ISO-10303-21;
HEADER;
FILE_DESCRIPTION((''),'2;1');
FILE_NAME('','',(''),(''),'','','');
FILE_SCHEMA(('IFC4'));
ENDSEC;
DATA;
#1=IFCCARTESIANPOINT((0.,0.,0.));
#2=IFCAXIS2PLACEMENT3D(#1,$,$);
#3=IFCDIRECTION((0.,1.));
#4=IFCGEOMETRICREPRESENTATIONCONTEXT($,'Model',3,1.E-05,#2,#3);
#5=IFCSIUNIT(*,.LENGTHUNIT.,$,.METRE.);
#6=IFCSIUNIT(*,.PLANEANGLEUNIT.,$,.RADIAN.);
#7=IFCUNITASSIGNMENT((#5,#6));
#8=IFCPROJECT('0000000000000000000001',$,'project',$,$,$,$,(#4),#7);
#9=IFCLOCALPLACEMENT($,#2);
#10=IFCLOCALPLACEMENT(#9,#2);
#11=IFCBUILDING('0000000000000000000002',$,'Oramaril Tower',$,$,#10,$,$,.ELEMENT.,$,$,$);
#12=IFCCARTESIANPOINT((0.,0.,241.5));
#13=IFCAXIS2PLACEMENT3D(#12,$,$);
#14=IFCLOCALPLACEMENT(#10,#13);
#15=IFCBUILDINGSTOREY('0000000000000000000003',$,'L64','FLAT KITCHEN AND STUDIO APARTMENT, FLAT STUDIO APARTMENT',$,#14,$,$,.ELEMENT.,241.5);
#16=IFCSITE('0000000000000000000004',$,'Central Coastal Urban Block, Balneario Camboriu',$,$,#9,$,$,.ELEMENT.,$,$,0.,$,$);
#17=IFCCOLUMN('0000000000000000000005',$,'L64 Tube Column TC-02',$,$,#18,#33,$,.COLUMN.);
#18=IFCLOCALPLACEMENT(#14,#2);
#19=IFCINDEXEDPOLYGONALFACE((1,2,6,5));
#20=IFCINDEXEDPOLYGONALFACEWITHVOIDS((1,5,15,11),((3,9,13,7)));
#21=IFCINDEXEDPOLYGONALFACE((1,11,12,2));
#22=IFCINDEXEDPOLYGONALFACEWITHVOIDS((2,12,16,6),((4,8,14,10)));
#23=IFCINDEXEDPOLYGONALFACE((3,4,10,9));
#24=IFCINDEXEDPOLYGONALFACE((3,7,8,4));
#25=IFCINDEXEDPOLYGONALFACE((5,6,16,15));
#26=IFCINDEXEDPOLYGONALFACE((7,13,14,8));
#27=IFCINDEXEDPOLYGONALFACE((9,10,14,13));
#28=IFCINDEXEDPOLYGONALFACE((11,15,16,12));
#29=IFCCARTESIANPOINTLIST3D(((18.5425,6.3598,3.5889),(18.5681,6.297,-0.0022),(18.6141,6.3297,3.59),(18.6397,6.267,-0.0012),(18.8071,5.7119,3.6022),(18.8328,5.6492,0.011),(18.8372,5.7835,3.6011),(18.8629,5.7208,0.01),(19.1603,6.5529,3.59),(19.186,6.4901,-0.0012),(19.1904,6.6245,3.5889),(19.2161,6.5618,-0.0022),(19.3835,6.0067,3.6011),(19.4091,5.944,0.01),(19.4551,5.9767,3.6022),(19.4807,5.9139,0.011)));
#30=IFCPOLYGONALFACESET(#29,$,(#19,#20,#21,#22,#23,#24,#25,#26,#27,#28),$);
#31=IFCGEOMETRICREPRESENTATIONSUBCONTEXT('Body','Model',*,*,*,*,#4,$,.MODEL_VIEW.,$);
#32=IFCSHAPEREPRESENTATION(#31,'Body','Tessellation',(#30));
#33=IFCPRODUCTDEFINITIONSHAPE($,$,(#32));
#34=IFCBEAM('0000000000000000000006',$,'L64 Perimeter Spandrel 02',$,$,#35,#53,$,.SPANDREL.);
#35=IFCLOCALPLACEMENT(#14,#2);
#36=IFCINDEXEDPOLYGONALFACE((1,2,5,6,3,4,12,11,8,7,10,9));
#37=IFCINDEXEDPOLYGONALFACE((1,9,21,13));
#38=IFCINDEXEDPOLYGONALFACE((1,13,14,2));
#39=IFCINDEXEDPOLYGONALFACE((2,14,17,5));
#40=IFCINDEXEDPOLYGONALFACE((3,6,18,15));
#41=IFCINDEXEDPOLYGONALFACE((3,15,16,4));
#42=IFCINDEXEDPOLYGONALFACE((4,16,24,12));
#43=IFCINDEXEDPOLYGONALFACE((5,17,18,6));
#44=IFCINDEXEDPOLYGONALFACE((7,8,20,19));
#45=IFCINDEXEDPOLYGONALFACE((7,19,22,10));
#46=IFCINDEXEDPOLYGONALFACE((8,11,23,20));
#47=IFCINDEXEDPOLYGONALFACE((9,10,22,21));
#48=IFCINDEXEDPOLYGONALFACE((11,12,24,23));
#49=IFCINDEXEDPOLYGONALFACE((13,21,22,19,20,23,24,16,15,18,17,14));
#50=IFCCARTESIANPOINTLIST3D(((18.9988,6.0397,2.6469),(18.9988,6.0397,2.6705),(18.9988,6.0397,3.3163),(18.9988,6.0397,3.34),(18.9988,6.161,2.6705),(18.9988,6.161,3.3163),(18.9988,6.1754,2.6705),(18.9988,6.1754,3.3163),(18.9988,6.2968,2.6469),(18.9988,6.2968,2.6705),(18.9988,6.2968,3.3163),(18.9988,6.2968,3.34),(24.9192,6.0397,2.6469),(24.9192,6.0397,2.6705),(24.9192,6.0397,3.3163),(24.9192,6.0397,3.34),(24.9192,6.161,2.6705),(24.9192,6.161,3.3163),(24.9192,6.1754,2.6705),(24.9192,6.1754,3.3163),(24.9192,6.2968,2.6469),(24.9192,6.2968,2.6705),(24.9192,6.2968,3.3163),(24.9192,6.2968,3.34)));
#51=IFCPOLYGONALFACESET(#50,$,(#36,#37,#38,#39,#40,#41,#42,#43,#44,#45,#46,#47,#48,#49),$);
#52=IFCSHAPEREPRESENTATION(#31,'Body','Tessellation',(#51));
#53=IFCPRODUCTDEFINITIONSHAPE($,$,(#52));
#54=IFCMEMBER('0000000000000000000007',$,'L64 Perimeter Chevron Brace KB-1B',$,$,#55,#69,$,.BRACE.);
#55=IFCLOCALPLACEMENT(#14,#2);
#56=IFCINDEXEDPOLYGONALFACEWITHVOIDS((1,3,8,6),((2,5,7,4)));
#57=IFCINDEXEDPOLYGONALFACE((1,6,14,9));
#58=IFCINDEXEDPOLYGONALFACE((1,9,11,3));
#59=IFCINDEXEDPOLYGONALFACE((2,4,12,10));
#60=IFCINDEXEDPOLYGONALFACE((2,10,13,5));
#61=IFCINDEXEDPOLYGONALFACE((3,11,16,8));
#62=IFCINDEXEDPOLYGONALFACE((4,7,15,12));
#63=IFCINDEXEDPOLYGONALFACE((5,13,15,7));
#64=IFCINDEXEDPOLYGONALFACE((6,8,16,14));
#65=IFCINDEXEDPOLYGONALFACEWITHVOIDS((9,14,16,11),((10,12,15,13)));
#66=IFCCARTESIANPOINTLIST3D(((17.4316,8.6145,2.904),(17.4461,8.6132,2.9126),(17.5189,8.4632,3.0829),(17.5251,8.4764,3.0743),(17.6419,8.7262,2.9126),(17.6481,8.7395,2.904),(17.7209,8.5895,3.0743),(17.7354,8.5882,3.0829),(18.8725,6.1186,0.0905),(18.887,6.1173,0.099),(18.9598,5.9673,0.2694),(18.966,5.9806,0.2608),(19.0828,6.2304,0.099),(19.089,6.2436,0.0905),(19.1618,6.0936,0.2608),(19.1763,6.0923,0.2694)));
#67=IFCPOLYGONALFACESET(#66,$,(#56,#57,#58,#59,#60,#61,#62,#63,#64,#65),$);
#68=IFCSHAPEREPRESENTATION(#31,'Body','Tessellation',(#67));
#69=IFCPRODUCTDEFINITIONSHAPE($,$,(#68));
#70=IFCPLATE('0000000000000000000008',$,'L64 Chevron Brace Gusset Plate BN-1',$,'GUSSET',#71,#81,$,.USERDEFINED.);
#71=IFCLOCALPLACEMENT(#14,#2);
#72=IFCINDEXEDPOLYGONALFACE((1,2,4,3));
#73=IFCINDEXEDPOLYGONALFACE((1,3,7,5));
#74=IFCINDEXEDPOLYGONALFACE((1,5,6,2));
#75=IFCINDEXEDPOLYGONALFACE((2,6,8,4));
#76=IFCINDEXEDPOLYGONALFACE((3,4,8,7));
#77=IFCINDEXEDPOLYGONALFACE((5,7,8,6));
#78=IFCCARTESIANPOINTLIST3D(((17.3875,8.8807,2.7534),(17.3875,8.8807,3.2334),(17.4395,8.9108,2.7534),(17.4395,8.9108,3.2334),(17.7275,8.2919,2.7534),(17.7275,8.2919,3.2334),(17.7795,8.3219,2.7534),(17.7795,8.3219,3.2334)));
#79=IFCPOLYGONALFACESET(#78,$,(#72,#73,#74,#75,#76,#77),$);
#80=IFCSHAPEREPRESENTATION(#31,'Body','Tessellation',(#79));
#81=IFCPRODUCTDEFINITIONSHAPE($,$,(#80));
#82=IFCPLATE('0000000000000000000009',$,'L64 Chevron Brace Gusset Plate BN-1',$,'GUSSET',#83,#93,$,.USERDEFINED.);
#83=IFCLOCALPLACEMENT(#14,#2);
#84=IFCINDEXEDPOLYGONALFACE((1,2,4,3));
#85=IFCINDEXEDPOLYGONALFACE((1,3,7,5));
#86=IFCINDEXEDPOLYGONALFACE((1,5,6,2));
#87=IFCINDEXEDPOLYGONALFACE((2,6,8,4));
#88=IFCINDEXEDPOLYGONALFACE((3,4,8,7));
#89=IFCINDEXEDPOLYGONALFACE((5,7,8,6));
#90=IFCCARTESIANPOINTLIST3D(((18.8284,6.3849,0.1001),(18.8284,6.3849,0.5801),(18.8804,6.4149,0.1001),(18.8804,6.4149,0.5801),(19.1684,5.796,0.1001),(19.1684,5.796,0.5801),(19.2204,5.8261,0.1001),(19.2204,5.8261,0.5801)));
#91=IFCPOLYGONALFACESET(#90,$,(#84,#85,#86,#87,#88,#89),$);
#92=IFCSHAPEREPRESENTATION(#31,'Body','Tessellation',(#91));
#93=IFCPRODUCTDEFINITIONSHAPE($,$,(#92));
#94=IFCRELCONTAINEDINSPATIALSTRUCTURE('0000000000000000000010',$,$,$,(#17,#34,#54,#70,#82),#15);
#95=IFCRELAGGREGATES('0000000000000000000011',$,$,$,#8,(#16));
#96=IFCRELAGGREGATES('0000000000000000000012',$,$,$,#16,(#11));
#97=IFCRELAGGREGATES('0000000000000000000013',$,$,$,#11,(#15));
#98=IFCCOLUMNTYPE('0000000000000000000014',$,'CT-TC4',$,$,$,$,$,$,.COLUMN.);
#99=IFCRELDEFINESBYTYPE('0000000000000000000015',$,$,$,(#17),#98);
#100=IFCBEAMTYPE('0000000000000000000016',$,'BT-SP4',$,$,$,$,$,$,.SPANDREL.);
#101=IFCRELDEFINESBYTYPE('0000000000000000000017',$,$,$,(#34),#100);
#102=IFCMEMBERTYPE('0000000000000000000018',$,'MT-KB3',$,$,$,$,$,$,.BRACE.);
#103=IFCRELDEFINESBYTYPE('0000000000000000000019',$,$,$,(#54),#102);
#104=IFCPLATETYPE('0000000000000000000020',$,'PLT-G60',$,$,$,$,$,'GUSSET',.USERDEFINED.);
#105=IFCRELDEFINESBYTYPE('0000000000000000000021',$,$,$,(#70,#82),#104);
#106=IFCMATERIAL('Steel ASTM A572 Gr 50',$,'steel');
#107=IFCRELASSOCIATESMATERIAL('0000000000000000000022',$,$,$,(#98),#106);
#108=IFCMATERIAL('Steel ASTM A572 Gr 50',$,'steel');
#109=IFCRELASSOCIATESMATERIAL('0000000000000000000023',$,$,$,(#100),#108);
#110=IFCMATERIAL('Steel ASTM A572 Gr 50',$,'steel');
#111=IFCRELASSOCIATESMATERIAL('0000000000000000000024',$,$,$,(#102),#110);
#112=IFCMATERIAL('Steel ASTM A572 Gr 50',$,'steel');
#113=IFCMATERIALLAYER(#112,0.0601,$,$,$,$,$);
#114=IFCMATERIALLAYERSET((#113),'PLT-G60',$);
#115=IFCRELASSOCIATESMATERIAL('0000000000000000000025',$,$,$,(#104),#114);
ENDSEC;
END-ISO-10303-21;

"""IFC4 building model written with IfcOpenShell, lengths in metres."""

from ifc_helpers import new_model, si_unit, direction, frame, origin, origin_2d, place, context, subcontext, project, spatial, rectangle, hollow_rectangle, i_section, extrude, material, layer, layer_set, material_profile, profile_set, type_object, element, save


model = new_model("IFC4")

# Units and contexts
model_context = context("Model", 3, precision=1e-05, world=origin(), true_north=direction((0.0, 1.0)))
body_context = subcontext(model_context, "Body", "Model", "MODEL_VIEW")
ifc_project = project(units=[si_unit("LENGTHUNIT", "METRE"), si_unit("PLANEANGLEUNIT", "RADIAN")], contexts=[model_context])

# Site, building, storey
site_placement = place(None, origin())
site = spatial("IfcSite", under=ifc_project, at=site_placement, Name="Central Coastal Urban Block, Balneario Camboriu", CompositionType="ELEMENT", RefElevation=0.0)
building_placement = place(site_placement, origin())
building = spatial("IfcBuilding", under=site, at=building_placement, Name="Oramaril Tower", CompositionType="ELEMENT")
storey_placement = place(building_placement, frame((0.0, 0.0, 241.5)))
storey = spatial("IfcBuildingStorey", under=building, at=storey_placement, Name="L64", Description="FLAT KITCHEN AND STUDIO APARTMENT, FLAT STUDIO APARTMENT", CompositionType="ELEMENT", Elevation=241.5)

# Column
ifc_material_1 = material(Name="Steel ASTM A572 Gr 50", Category="steel")
ifc_material_profile_1 = material_profile(ifc_material_1, hollow_rectangle(XDim=0.7, YDim=0.7, WallThickness=0.0549, at=origin_2d()), Name="BOX700X700X55")
ifc_profile_set_1 = profile_set([ifc_material_profile_1], Name="Steel ASTM A572 Gr 50")
column_type = type_object("IfcColumnType", Name="CT-TC4", PredefinedType="COLUMN", material=ifc_profile_set_1)
column_placement = place(storey_placement, frame((19.0244, 6.1055, 0.0044), z_axis=(-0.007137, 0.017469, 0.999822), x_axis=(-0.925719, -0.378212, 0.0)))
element("IfcColumn", 1, at=column_placement, inside=storey, type_object=column_type, Name="L64 Tube Column TC-02", PredefinedType="COLUMN", context=body_context, shape_type="SweptSolid", body=[
    extrude(hollow_rectangle(XDim=0.7, YDim=0.7, WallThickness=0.0549, at=origin_2d()), origin(), (0.0, 0.0, 1.0), 3.5918),
])

# Beam
ifc_material_2 = material(Name="Steel ASTM A572 Gr 50", Category="steel")
ifc_material_profile_2 = material_profile(ifc_material_2, i_section(OverallWidth=0.2571, OverallDepth=0.6931, WebThickness=0.0144, FlangeThickness=0.0237, at=origin_2d()), Name="W27X114")
ifc_profile_set_2 = profile_set([ifc_material_profile_2], Name="Steel ASTM A572 Gr 50")
beam_type = type_object("IfcBeamType", Name="BT-SP4", PredefinedType="SPANDREL", material=ifc_profile_set_2)
beam_placement = place(storey_placement, frame((18.9988, 6.1682, 2.9934), z_axis=(1.0, 0.0, 0.0), x_axis=(0.0, 1.0, 0.0)))
element("IfcBeam", 2, at=beam_placement, inside=storey, type_object=beam_type, Name="L64 Perimeter Spandrel 02", PredefinedType="SPANDREL", context=body_context, shape_type="SweptSolid", body=[
    extrude(i_section(OverallWidth=0.2571, OverallDepth=0.6931, WebThickness=0.0144, FlangeThickness=0.0237, at=origin_2d()), origin(), (0.0, 0.0, 1.0), 5.9204),
])

# Member
ifc_material_3 = material(Name="Steel ASTM A572 Gr 50", Category="steel")
ifc_material_profile_3 = material_profile(ifc_material_3, hollow_rectangle(XDim=0.25, YDim=0.25, WallThickness=0.012, at=origin_2d()), Name="HSS250X250X12")
ifc_profile_set_3 = profile_set([ifc_material_profile_3], Name="Steel ASTM A572 Gr 50")
member_type = type_object("IfcMemberType", Name="MT-KB3", PredefinedType="BRACE", material=ifc_profile_set_3)
member_placement = place(storey_placement, frame((19.0244, 6.1055, 0.1799), z_axis=(-0.357765, 0.619694, 0.698558), x_axis=(-0.866035, -0.499984, 0.0)))
element("IfcMember", 3, at=member_placement, inside=storey, type_object=member_type, Name="L64 Perimeter Chevron Brace KB-1B", PredefinedType="BRACE", context=body_context, shape_type="SweptSolid", body=[
    extrude(hollow_rectangle(XDim=0.25, YDim=0.25, WallThickness=0.012, at=origin_2d()), origin(), (0.0, 0.0, 1.0), 4.0276),
])

# Plates
ifc_material_4 = material(Name="Steel ASTM A572 Gr 50", Category="steel")
ifc_layer_1 = layer(ifc_material_4, 0.0601)
ifc_layer_set_1 = layer_set([ifc_layer_1], Name="PLT-G60")
plate_type = type_object("IfcPlateType", Name="PLT-G60", ElementType="GUSSET", PredefinedType="USERDEFINED", material=ifc_layer_set_1)
for number, where, z_axis, x_axis, name in (
    (4, (17.5835, 8.6013, 2.7534), (0.0, 0.0, 1.0), (0.500002, -0.866025, 0.0), "L64 Chevron Brace Gusset Plate BN-1"),
    (5, (19.0244, 6.1055, 0.1001), (0.0, 0.0, 1.0), (0.500002, -0.866025, 0.0), "L64 Chevron Brace Gusset Plate BN-1"),
):
    element("IfcPlate", number, at=place(storey_placement, frame(where, z_axis=z_axis, x_axis=x_axis)), inside=storey, type_object=plate_type, Name=name, ObjectType="GUSSET", PredefinedType="USERDEFINED", context=body_context, shape_type="SweptSolid", body=[
        extrude(rectangle(XDim=0.6799, YDim=0.0601, at=origin_2d()), origin(), (0.0, 0.0, 1.0), 0.48),
    ])

save(model, "model.ifc")
